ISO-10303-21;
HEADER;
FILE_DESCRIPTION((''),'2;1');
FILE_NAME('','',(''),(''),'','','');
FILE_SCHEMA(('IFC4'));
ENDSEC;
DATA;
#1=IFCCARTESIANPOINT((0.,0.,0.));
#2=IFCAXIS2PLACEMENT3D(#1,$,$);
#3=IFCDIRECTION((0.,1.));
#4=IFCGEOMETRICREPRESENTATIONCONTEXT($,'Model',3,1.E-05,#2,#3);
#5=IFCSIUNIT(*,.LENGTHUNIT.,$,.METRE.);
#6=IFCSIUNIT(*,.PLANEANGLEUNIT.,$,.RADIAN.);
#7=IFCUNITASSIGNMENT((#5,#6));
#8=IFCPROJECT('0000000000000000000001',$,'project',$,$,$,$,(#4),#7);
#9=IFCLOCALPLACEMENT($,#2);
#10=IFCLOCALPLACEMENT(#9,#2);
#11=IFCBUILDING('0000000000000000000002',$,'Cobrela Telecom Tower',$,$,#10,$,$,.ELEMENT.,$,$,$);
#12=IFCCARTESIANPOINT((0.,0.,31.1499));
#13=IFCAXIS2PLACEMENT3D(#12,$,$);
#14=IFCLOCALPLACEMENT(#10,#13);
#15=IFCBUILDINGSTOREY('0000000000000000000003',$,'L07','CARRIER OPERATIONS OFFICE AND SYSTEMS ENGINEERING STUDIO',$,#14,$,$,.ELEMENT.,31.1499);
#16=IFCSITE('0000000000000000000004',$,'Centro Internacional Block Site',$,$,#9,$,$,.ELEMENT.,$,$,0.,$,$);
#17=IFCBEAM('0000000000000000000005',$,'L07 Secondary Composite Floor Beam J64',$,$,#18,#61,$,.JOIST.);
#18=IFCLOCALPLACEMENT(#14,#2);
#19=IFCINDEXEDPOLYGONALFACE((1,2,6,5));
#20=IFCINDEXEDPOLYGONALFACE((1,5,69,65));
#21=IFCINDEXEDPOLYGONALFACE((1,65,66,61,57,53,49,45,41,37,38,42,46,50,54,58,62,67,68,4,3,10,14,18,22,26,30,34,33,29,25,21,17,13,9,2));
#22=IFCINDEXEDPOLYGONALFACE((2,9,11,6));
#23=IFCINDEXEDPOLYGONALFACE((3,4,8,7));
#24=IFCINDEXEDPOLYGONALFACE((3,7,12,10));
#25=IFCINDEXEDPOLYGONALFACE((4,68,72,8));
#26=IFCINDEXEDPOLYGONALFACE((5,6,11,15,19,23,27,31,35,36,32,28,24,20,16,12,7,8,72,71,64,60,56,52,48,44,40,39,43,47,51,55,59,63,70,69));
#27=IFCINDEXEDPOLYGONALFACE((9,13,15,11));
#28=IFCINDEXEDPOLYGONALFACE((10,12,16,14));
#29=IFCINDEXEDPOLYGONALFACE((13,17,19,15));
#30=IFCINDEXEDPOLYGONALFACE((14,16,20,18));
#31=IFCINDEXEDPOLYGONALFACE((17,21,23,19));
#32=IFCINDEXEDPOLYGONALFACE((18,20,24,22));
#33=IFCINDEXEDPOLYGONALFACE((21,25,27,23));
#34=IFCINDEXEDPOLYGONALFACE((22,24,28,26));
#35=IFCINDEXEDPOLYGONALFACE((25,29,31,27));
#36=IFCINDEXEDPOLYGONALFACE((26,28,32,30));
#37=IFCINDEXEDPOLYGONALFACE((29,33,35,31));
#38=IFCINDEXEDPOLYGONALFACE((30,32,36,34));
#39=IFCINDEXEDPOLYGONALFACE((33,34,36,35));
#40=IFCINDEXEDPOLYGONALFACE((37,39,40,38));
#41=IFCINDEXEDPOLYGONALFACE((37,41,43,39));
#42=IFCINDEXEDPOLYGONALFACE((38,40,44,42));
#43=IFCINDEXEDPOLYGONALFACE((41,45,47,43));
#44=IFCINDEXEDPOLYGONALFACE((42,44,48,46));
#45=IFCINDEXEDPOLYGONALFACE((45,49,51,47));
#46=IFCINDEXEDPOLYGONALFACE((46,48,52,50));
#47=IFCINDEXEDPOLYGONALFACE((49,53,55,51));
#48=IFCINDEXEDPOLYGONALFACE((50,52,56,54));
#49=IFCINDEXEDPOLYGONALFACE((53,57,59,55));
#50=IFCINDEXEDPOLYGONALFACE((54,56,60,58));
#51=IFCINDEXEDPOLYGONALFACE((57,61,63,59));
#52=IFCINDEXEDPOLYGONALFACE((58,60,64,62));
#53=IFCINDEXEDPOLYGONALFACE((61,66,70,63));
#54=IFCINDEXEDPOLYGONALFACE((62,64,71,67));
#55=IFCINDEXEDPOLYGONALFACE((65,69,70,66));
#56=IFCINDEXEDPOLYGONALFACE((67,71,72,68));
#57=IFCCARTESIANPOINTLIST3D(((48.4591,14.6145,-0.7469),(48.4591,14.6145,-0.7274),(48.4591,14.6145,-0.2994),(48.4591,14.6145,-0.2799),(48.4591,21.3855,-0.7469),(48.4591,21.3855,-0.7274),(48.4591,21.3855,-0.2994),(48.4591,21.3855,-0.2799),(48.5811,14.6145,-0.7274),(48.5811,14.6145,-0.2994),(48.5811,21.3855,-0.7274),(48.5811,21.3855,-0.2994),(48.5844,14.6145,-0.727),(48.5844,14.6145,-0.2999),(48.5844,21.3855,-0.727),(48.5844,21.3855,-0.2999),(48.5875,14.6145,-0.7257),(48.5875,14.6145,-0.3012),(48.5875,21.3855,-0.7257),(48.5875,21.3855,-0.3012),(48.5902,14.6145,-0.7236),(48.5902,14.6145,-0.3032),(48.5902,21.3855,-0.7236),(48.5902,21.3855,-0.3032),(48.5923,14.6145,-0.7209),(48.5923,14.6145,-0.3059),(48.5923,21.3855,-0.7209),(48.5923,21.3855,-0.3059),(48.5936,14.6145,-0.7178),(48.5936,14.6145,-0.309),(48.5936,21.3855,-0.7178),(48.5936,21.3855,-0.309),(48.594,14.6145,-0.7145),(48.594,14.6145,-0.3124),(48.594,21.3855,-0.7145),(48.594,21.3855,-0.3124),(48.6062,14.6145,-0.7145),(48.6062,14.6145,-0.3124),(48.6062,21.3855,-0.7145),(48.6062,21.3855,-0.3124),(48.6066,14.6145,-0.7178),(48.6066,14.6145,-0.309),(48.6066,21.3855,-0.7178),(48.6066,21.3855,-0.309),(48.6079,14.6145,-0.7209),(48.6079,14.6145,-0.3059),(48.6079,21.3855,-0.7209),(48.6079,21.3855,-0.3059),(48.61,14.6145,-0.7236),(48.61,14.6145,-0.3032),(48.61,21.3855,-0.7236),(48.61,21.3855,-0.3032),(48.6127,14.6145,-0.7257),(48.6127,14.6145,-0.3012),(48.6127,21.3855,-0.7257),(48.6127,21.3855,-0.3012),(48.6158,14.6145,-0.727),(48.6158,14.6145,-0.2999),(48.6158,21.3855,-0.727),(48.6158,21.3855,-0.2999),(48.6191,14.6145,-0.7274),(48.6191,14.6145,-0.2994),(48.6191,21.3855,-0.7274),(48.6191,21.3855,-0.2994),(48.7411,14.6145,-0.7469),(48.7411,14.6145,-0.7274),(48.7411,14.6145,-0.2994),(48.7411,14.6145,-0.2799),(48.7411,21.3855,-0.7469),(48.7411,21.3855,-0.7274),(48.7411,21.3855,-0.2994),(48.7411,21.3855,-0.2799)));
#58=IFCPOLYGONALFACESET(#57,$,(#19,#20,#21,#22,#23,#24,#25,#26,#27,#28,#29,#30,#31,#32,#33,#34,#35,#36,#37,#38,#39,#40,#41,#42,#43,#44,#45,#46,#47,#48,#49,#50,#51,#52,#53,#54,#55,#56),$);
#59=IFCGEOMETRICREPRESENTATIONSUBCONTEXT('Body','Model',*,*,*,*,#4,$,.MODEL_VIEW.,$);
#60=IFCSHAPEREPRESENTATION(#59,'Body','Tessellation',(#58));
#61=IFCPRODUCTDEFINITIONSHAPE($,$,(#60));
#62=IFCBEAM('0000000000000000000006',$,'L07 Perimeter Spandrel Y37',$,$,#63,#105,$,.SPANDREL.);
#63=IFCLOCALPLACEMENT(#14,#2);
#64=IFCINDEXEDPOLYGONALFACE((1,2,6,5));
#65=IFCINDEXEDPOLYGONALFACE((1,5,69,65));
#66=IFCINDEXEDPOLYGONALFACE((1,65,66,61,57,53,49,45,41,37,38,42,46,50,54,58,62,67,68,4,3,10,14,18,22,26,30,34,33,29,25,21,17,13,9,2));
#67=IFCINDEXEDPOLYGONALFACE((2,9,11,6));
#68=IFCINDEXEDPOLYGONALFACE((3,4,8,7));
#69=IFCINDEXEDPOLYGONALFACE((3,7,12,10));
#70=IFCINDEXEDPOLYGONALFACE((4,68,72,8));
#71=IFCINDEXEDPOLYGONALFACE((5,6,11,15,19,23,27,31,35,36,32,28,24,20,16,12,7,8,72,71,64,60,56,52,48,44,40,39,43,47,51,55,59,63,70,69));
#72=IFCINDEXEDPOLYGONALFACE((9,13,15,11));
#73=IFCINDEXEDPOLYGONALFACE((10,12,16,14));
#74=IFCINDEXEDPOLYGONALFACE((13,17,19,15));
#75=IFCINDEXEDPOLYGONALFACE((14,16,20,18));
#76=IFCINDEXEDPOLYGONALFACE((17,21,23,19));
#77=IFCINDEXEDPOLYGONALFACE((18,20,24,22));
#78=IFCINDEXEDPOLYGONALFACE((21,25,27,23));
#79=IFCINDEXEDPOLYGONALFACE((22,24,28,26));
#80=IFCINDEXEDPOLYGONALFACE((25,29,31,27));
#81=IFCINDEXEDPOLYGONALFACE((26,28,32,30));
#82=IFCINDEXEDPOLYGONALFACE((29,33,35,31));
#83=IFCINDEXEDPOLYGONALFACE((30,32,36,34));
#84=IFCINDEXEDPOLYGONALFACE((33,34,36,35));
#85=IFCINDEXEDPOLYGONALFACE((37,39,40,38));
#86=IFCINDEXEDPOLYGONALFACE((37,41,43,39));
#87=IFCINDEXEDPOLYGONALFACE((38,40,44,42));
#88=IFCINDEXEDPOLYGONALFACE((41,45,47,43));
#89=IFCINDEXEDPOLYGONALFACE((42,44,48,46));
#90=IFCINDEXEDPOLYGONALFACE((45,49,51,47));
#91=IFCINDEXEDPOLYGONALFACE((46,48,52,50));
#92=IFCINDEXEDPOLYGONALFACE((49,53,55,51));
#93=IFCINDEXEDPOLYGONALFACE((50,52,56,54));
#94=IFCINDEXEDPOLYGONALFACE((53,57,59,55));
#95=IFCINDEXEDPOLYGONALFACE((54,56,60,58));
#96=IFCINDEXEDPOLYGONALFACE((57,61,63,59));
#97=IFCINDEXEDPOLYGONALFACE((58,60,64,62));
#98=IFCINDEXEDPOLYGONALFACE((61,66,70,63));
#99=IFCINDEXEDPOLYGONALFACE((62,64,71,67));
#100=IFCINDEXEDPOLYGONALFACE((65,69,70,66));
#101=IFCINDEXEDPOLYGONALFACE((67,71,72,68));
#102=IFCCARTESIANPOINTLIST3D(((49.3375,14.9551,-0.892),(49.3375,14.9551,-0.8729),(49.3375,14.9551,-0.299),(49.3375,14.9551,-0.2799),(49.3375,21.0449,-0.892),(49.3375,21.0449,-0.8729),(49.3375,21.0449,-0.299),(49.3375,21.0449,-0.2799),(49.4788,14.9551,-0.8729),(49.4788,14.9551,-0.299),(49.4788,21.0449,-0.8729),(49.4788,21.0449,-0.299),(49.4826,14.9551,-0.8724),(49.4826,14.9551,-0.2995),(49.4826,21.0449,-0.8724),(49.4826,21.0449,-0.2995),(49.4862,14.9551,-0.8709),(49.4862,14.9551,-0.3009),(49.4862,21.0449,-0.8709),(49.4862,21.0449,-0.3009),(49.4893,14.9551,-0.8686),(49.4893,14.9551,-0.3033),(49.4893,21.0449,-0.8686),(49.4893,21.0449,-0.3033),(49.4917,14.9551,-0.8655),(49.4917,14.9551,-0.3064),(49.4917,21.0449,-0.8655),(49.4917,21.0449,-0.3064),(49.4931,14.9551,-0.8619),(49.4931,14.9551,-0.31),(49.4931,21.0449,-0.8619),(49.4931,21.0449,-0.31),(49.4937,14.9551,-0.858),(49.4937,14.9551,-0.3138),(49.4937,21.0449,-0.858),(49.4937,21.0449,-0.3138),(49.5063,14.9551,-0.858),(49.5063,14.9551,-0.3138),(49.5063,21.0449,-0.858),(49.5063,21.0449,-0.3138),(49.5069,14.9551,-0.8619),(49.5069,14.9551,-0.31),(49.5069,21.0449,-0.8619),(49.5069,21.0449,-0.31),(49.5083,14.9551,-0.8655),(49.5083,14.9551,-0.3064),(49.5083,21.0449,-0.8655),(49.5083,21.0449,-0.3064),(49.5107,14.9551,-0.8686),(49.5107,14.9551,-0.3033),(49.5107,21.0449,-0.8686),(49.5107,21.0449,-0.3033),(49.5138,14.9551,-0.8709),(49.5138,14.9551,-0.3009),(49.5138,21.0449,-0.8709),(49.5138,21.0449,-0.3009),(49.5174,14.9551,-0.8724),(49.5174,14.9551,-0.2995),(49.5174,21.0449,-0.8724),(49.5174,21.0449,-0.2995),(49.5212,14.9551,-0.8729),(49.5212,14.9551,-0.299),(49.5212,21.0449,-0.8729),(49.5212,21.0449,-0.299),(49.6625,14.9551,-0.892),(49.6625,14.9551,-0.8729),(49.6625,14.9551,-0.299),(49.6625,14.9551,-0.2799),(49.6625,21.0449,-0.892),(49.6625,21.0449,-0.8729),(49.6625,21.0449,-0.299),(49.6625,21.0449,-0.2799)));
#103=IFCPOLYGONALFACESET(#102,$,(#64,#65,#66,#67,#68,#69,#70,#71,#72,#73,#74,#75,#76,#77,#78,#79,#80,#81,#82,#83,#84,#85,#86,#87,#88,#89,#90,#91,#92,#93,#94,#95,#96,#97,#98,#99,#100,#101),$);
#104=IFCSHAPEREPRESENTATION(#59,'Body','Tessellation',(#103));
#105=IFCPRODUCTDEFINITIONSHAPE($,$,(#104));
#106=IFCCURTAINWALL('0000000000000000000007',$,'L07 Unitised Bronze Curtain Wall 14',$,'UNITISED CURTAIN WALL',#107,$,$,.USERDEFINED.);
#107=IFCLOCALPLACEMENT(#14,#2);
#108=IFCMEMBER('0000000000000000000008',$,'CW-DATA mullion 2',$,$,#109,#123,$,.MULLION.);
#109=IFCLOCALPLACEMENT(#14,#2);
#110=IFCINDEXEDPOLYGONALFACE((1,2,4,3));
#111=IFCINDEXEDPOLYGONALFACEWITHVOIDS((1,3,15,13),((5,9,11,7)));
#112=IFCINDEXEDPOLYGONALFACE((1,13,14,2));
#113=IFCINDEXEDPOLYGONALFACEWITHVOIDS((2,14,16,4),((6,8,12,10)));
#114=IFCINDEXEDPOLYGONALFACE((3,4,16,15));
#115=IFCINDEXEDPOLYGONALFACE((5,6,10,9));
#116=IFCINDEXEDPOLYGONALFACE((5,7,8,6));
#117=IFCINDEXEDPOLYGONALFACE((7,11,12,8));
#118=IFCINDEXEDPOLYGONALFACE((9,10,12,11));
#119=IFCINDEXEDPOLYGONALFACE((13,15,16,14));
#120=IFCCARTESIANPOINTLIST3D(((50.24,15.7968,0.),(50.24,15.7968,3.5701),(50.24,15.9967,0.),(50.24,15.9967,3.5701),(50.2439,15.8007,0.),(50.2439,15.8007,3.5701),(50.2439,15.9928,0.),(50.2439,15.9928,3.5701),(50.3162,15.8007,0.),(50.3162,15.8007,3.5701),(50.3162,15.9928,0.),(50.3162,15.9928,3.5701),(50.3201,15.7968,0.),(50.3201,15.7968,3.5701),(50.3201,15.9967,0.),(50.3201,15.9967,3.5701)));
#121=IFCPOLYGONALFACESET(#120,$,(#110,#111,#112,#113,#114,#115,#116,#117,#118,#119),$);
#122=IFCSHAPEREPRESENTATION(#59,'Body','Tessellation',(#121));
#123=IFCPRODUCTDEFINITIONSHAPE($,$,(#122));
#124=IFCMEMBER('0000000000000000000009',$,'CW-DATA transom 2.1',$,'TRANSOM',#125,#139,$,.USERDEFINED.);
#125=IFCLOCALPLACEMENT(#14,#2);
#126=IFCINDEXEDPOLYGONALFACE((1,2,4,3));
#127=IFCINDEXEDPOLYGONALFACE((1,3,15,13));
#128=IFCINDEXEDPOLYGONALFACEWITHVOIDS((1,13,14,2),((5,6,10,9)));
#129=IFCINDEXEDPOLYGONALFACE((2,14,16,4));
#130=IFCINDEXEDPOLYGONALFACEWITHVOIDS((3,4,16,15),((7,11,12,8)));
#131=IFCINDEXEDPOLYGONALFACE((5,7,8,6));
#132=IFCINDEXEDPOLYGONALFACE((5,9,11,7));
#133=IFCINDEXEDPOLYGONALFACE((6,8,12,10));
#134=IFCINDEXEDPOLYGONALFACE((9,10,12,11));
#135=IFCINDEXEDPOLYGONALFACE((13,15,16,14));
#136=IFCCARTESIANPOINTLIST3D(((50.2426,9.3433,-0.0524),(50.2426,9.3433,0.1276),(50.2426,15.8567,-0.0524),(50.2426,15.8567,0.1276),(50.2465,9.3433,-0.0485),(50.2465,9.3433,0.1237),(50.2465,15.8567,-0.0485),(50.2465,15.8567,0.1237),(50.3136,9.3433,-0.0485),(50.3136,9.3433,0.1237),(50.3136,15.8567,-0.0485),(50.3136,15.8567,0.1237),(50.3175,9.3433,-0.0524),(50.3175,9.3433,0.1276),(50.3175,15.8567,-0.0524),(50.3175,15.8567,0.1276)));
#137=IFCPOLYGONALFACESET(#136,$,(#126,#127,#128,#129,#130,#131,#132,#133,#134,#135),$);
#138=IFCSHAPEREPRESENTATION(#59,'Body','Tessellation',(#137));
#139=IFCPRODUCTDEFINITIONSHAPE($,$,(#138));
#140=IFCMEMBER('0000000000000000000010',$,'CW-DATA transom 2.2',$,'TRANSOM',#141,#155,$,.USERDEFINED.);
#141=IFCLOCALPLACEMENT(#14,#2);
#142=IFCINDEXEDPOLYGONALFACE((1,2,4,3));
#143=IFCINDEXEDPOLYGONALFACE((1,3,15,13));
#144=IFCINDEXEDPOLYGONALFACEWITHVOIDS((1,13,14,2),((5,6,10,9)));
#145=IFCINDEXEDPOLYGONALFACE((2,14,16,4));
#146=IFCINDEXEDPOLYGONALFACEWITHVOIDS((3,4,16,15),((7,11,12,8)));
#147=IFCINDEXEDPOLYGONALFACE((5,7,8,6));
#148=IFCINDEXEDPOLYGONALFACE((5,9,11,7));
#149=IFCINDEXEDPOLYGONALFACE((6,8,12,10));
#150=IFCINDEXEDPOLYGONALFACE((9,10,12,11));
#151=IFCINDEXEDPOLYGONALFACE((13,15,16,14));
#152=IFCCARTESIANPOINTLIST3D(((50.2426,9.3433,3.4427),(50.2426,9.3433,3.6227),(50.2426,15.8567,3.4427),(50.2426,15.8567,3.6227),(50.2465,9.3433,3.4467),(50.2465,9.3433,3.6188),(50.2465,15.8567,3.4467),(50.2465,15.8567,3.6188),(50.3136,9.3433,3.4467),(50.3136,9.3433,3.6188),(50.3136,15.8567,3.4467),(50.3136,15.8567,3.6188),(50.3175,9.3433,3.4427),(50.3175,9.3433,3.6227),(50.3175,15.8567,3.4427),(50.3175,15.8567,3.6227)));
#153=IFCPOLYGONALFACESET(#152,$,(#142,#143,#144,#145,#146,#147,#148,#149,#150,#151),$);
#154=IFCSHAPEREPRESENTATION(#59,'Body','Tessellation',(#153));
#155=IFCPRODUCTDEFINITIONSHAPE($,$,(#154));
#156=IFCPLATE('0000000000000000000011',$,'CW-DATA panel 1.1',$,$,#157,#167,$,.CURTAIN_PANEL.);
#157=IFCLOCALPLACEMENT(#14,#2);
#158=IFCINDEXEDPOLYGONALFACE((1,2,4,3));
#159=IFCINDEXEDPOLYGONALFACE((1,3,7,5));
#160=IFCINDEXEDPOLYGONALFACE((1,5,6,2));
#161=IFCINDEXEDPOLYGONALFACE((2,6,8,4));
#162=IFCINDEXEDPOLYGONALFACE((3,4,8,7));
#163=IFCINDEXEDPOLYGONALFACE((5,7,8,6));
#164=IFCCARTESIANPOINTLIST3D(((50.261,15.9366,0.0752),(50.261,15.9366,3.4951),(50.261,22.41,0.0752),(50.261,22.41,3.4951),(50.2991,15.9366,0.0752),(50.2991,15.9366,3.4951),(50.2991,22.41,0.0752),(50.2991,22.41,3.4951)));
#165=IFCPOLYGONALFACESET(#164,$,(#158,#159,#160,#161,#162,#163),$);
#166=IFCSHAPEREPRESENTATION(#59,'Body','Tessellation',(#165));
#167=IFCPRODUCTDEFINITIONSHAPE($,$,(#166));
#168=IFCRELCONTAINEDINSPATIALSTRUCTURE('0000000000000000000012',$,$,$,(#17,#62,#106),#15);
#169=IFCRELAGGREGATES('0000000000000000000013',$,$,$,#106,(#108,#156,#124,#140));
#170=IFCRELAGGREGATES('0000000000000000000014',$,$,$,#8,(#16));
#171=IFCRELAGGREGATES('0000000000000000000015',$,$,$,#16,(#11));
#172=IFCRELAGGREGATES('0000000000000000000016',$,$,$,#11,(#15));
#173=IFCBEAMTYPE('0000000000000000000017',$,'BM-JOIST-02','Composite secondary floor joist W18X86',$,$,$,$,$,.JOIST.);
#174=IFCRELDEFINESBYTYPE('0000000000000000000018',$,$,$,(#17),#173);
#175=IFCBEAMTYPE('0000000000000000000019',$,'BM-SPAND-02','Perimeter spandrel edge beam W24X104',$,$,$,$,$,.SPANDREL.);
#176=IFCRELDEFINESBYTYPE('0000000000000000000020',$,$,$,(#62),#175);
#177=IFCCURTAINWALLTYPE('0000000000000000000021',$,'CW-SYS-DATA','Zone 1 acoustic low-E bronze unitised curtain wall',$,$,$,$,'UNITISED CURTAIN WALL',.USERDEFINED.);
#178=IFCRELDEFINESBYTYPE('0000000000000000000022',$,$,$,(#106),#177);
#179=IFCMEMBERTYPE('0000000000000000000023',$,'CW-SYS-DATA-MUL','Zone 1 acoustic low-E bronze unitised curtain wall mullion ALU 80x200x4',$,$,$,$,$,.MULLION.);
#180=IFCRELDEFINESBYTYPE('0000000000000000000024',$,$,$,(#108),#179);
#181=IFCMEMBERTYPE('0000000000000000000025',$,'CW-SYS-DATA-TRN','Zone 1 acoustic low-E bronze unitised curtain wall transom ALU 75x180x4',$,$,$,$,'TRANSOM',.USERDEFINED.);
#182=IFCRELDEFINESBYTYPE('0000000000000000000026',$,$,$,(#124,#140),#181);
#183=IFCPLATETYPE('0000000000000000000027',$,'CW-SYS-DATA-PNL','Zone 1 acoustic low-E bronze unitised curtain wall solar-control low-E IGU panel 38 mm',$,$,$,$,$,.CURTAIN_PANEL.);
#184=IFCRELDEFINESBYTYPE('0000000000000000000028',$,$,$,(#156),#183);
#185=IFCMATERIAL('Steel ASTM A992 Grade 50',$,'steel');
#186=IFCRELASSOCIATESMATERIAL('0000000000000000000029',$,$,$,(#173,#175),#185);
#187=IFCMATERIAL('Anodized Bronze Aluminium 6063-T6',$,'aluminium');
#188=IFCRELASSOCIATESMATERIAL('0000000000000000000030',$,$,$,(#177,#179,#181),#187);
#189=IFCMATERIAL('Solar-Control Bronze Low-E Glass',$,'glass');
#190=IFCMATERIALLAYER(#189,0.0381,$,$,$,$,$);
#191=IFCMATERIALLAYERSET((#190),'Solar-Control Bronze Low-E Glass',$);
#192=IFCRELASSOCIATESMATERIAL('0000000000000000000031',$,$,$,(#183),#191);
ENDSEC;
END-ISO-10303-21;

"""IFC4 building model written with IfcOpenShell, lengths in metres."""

from ifc_helpers import new_model, si_unit, direction, frame, origin, origin_2d, place, context, subcontext, project, spatial, rectangle, hollow_rectangle, i_section, extrude, material, layer, layer_set, material_profile, profile_set, type_object, element, aggregate, save


model = new_model("IFC4")

# Units and contexts
model_context = context("Model", 3, precision=1e-05, world=origin(), true_north=direction((0.0, 1.0)))
body_context = subcontext(model_context, "Body", "Model", "MODEL_VIEW")
ifc_project = project(units=[si_unit("LENGTHUNIT", "METRE"), si_unit("PLANEANGLEUNIT", "RADIAN")], contexts=[model_context])

# Site, building, storey
site_placement = place(None, origin())
site = spatial("IfcSite", under=ifc_project, at=site_placement, Name="Centro Internacional Block Site", CompositionType="ELEMENT", RefElevation=0.0)
building_placement = place(site_placement, origin())
building = spatial("IfcBuilding", under=site, at=building_placement, Name="Cobrela Telecom Tower", CompositionType="ELEMENT")
storey_placement = place(building_placement, frame((0.0, 0.0, 31.1499)))
storey = spatial("IfcBuildingStorey", under=building, at=storey_placement, Name="L07", Description="CARRIER OPERATIONS OFFICE AND SYSTEMS ENGINEERING STUDIO", CompositionType="ELEMENT", Elevation=31.1499)

# Shared definitions
ifc_material_1 = material(Name="Steel ASTM A992 Grade 50", Category="steel")

# Beams
ifc_material_profile_1 = material_profile(ifc_material_1, i_section(OverallWidth=0.282, OverallDepth=0.467, WebThickness=0.0122, FlangeThickness=0.0195, FilletRadius=0.0129, at=origin_2d()), Name="W18X86")
ifc_profile_set_1 = profile_set([ifc_material_profile_1], Name="Steel ASTM A992 Grade 50")
beam_type_1 = type_object("IfcBeamType", Name="BM-JOIST-02", Description="Composite secondary floor joist W18X86", PredefinedType="JOIST", material=ifc_profile_set_1)
for number, where, z_axis, x_axis, name in (
    (1, (48.6001, 14.6145, -0.5134), (0.0, 1.0, 0.0), (-1.0, 0.0, 0.0), "L07 Secondary Composite Floor Beam J64"),
):
    element("IfcBeam", number, at=place(storey_placement, frame(where, z_axis=z_axis, x_axis=x_axis)), inside=storey, type_object=beam_type_1, Name=name, PredefinedType="JOIST", context=body_context, shape_type="SweptSolid", body=[
        extrude(i_section(OverallWidth=0.282, OverallDepth=0.467, WebThickness=0.0122, FlangeThickness=0.0195, FilletRadius=0.0129, at=origin_2d()), origin(), (0.0, 0.0, 1.0), 6.771),
    ])
ifc_material_profile_2 = material_profile(ifc_material_1, i_section(OverallWidth=0.325, OverallDepth=0.6121, WebThickness=0.0127, FlangeThickness=0.019, FilletRadius=0.0149, at=origin_2d()), Name="W24X104")
ifc_profile_set_2 = profile_set([ifc_material_profile_2], Name="Steel ASTM A992 Grade 50")
beam_type_2 = type_object("IfcBeamType", Name="BM-SPAND-02", Description="Perimeter spandrel edge beam W24X104", PredefinedType="SPANDREL", material=ifc_profile_set_2)
beam_1_placement = place(storey_placement, frame((49.5, 14.9551, -0.5859), z_axis=(0.0, 1.0, 0.0), x_axis=(-1.0, 0.0, 0.0)))
element("IfcBeam", 2, at=beam_1_placement, inside=storey, type_object=beam_type_2, Name="L07 Perimeter Spandrel Y37", PredefinedType="SPANDREL", context=body_context, shape_type="SweptSolid", body=[
    extrude(i_section(OverallWidth=0.325, OverallDepth=0.6121, WebThickness=0.0127, FlangeThickness=0.019, FilletRadius=0.0149, at=origin_2d()), origin(), (0.0, 0.0, 1.0), 6.0898),
])

# Curtain wall, members, plate
ifc_material_2 = material(Name="Anodized Bronze Aluminium 6063-T6", Category="aluminium")
curtain_wall_type = type_object("IfcCurtainWallType", Name="CW-SYS-DATA", Description="Zone 1 acoustic low-E bronze unitised curtain wall", ElementType="UNITISED CURTAIN WALL", PredefinedType="USERDEFINED", material=ifc_material_2)
curtain_wall_placement = place(storey_placement, origin())
curtain_wall = element("IfcCurtainWall", 3, at=curtain_wall_placement, inside=storey, type_object=curtain_wall_type, Name="L07 Unitised Bronze Curtain Wall 14", ObjectType="UNITISED CURTAIN WALL", PredefinedType="USERDEFINED")
ifc_material_profile_3 = material_profile(ifc_material_2, hollow_rectangle(XDim=0.0801, YDim=0.2, WallThickness=0.0039, at=origin_2d()), Name="ALU 80x200x4")
ifc_profile_set_3 = profile_set([ifc_material_profile_3], Name="Anodized Bronze Aluminium 6063-T6")
member_type_1 = type_object("IfcMemberType", Name="CW-SYS-DATA-MUL", Description="Zone 1 acoustic low-E bronze unitised curtain wall mullion ALU 80x200x4", PredefinedType="MULLION", material=ifc_profile_set_3)
member_1_placement = place(storey_placement, frame((50.28, 15.8967, 0.0), z_axis=(0.0, 0.0, 1.0), x_axis=(1.0, 0.0, 0.0)))
member_1 = element("IfcMember", 4, at=member_1_placement, type_object=member_type_1, Name="CW-DATA mullion 2", PredefinedType="MULLION", context=body_context, shape_type="SweptSolid", body=[
    extrude(hollow_rectangle(XDim=0.0801, YDim=0.2, WallThickness=0.0039, at=origin_2d()), origin(), (0.0, 0.0, 1.0), 3.5701),
])
ifc_material_profile_4 = material_profile(ifc_material_2, hollow_rectangle(XDim=0.075, YDim=0.1799, WallThickness=0.0039, at=origin_2d()), Name="ALU 75x180x4")
ifc_profile_set_4 = profile_set([ifc_material_profile_4], Name="Anodized Bronze Aluminium 6063-T6")
member_type_2 = type_object("IfcMemberType", Name="CW-SYS-DATA-TRN", Description="Zone 1 acoustic low-E bronze unitised curtain wall transom ALU 75x180x4", ElementType="TRANSOM", PredefinedType="USERDEFINED", material=ifc_profile_set_4)
member_2_placement = place(storey_placement, frame((50.28, 15.8567, 0.0376), z_axis=(0.0, -1.0, 0.0), x_axis=(1.0, 0.0, 0.0)))
member_2 = element("IfcMember", 5, at=member_2_placement, type_object=member_type_2, Name="CW-DATA transom 2.1", ObjectType="TRANSOM", PredefinedType="USERDEFINED", context=body_context, shape_type="SweptSolid", body=[
    extrude(hollow_rectangle(XDim=0.075, YDim=0.1799, WallThickness=0.0039, at=origin_2d()), origin(), (0.0, 0.0, 1.0), 6.5134),
])
member_3_placement = place(storey_placement, frame((50.28, 15.8567, 3.5327), z_axis=(0.0, -1.0, 0.0), x_axis=(1.0, 0.0, 0.0)))
member_3 = element("IfcMember", 6, at=member_3_placement, type_object=member_type_2, Name="CW-DATA transom 2.2", ObjectType="TRANSOM", PredefinedType="USERDEFINED", context=body_context, shape_type="SweptSolid", body=[
    extrude(hollow_rectangle(XDim=0.075, YDim=0.1799, WallThickness=0.0039, at=origin_2d()), origin(), (0.0, 0.0, 1.0), 6.5134),
])
ifc_material_3 = material(Name="Solar-Control Bronze Low-E Glass", Category="glass")
ifc_layer = layer(ifc_material_3, 0.0381)
ifc_layer_set = layer_set([ifc_layer], Name="Solar-Control Bronze Low-E Glass")
plate_type = type_object("IfcPlateType", Name="CW-SYS-DATA-PNL", Description="Zone 1 acoustic low-E bronze unitised curtain wall solar-control low-E IGU panel 38 mm", PredefinedType="CURTAIN_PANEL", material=ifc_layer_set)
plate_placement = place(storey_placement, frame((50.28, 19.1733, 0.0752), z_axis=(0.0, 0.0, 1.0), x_axis=(0.0, -1.0, 0.0)))
plate = element("IfcPlate", 7, at=plate_placement, type_object=plate_type, Name="CW-DATA panel 1.1", PredefinedType="CURTAIN_PANEL", context=body_context, shape_type="SweptSolid", body=[
    extrude(rectangle(XDim=6.4734, YDim=0.0381, at=origin_2d()), origin(), (0.0, 0.0, 1.0), 3.4199),
])
aggregate(curtain_wall, [member_1, plate, member_2, member_3])

save(model, "model.ifc")
